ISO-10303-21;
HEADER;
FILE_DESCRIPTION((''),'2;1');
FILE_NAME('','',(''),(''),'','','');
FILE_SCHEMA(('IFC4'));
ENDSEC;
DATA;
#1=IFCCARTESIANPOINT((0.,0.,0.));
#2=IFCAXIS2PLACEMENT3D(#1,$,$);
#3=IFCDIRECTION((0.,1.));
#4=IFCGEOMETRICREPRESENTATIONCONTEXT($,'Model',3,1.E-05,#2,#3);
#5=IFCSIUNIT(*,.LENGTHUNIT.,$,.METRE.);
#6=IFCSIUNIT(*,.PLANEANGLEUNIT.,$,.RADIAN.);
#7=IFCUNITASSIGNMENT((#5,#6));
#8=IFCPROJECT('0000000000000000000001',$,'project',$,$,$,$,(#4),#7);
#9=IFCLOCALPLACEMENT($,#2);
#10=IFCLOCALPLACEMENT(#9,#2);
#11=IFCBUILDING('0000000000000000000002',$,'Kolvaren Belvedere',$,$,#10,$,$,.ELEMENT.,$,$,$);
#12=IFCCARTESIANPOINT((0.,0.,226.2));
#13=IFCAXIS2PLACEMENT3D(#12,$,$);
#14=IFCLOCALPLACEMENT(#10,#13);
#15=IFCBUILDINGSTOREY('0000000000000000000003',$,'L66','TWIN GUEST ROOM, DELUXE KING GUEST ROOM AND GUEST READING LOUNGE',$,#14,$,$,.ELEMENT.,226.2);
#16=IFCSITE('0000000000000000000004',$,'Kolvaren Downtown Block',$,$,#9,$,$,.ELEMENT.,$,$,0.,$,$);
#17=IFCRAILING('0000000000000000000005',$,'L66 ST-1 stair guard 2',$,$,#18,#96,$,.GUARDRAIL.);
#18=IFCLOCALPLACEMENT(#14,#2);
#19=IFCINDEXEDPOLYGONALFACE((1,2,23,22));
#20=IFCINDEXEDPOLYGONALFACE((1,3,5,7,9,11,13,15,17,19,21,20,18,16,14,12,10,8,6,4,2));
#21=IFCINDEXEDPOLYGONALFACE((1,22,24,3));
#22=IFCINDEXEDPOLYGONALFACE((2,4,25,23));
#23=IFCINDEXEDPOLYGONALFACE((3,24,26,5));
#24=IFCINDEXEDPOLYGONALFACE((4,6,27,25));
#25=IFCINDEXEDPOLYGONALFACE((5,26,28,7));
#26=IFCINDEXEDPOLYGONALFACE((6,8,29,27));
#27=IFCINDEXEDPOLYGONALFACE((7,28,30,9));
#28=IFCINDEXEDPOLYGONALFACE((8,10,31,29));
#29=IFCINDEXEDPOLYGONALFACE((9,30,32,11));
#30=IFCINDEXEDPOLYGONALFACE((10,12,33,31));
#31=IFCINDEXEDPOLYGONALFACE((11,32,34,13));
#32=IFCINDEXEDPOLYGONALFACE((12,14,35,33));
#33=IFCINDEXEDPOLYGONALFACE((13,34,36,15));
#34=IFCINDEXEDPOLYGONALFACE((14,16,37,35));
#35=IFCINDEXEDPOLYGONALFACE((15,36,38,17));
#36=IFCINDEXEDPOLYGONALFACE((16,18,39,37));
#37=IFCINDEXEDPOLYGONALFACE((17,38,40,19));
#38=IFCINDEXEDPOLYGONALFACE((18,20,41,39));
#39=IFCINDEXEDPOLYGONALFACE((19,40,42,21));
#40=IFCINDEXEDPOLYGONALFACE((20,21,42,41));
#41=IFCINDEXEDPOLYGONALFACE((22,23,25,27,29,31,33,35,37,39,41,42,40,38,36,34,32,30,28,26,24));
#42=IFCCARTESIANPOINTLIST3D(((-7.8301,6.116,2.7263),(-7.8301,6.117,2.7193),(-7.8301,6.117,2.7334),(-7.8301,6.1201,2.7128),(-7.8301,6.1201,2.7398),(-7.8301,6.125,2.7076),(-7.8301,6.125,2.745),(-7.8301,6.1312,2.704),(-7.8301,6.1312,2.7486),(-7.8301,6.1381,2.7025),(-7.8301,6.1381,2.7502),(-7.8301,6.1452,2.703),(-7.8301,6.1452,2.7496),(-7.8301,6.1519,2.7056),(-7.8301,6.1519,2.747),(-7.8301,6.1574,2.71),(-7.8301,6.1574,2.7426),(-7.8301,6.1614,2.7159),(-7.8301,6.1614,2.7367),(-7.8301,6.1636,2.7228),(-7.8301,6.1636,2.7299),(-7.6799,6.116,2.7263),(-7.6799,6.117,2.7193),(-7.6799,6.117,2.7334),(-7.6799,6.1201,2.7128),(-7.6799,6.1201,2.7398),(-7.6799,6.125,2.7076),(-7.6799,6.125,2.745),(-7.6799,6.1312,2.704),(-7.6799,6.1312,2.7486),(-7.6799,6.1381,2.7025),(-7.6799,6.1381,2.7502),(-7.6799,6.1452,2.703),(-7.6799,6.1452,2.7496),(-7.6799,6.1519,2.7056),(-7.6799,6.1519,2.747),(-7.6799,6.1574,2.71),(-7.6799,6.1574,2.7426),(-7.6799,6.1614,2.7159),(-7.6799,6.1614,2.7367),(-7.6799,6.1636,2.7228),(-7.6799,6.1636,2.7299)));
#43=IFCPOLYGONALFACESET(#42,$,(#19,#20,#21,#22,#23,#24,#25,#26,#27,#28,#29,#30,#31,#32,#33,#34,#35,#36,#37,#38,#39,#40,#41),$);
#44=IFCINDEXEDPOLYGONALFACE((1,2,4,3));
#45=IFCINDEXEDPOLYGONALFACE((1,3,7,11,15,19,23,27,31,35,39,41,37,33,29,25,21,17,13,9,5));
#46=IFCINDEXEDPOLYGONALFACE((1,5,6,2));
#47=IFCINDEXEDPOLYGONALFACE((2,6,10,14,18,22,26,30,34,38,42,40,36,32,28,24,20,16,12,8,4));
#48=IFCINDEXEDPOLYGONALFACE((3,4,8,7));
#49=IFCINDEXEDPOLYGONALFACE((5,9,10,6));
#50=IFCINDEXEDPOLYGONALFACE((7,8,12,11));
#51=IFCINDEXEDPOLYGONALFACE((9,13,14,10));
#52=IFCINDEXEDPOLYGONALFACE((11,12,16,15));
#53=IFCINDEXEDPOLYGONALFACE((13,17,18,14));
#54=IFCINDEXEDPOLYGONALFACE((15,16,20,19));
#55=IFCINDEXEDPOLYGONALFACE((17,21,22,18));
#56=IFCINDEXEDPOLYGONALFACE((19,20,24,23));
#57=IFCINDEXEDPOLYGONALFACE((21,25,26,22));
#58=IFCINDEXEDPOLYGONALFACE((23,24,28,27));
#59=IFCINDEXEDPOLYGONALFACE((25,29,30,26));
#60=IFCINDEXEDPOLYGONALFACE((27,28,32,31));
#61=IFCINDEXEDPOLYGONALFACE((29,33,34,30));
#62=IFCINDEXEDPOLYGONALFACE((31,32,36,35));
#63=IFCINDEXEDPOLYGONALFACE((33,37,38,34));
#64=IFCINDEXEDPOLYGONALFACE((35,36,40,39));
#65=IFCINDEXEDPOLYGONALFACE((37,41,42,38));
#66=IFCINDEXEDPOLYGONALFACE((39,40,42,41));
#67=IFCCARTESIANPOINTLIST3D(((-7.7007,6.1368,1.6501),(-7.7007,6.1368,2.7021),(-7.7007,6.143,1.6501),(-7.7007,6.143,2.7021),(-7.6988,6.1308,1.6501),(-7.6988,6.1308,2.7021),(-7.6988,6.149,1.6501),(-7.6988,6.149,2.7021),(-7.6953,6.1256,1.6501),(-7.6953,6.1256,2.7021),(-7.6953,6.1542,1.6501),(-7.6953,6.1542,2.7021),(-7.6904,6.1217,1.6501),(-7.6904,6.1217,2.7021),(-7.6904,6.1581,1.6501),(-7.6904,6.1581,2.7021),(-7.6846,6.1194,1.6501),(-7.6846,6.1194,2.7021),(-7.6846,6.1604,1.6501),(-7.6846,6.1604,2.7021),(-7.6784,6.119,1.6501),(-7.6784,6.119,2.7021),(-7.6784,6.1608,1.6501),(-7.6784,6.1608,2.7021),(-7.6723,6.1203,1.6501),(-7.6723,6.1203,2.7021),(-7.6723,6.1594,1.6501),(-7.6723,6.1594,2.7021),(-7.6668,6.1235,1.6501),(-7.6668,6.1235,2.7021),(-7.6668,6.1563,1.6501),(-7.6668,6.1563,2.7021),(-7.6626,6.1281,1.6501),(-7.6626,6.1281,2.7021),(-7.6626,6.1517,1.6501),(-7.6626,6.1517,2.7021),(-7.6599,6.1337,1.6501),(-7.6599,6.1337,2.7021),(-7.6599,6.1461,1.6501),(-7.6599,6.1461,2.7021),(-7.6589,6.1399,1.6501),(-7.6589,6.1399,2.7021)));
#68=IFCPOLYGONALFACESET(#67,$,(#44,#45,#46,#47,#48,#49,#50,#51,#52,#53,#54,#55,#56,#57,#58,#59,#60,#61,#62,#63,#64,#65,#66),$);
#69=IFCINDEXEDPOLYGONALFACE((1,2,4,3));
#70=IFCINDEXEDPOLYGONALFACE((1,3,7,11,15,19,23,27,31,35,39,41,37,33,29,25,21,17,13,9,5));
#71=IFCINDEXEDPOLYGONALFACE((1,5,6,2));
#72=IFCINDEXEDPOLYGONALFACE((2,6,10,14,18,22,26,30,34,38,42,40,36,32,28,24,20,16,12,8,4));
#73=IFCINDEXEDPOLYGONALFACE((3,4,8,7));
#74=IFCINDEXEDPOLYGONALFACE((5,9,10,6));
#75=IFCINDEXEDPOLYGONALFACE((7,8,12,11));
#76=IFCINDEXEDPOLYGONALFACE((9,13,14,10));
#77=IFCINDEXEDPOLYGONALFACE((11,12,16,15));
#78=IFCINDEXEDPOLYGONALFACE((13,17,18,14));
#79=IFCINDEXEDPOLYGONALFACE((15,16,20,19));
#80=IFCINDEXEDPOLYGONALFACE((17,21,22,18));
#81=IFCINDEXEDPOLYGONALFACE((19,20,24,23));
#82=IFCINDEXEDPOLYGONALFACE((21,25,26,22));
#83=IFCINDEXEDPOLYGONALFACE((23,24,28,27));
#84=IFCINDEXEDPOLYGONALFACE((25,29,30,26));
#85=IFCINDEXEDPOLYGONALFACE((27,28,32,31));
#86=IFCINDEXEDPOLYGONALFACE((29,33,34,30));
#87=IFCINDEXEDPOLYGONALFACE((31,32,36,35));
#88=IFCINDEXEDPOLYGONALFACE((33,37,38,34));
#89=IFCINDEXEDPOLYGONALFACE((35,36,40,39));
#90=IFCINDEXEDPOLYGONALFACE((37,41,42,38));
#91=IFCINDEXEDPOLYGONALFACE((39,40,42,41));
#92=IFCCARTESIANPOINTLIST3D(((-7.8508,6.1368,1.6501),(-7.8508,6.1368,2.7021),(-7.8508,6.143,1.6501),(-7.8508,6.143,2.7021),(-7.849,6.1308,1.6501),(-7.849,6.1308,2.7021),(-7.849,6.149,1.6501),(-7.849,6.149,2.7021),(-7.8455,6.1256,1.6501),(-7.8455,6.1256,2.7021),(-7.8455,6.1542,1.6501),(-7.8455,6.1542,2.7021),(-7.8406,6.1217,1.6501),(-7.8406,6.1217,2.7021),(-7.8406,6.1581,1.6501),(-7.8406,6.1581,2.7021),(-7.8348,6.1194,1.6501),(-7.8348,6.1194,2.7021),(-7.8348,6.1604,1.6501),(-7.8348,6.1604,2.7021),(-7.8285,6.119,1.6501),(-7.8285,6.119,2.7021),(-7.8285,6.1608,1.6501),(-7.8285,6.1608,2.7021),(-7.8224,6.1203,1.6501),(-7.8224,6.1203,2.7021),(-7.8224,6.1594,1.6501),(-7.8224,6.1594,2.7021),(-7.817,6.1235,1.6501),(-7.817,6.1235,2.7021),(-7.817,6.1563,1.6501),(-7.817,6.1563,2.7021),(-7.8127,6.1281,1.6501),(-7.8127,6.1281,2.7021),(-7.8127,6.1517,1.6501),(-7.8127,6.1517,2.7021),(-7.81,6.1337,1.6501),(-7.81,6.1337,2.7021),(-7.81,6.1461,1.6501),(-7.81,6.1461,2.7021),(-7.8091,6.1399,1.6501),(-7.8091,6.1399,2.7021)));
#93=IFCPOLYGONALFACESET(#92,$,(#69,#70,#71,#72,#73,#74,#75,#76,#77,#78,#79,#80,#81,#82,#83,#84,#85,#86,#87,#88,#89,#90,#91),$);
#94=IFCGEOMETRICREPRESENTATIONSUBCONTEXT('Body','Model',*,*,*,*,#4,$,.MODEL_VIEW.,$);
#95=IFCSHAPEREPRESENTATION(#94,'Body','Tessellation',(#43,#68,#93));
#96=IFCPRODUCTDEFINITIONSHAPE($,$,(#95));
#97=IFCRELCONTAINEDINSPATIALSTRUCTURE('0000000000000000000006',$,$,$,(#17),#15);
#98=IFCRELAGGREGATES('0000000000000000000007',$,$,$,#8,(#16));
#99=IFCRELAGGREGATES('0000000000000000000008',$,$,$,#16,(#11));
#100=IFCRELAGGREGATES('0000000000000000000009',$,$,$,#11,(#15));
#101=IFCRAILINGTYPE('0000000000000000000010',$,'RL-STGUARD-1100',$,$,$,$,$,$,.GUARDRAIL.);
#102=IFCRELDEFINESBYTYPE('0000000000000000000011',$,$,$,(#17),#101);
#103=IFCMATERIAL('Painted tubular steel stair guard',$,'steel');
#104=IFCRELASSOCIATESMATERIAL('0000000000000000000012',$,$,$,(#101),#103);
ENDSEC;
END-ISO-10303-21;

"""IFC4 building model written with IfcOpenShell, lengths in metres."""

from ifc_helpers import new_model, si_unit, direction, frame, origin, origin_2d, place, context, subcontext, project, spatial, circle, extrude, material, type_object, element, save


model = new_model("IFC4")

# Units and contexts
model_context = context("Model", 3, precision=1e-05, world=origin(), true_north=direction((0.0, 1.0)))
body_context = subcontext(model_context, "Body", "Model", "MODEL_VIEW")
ifc_project = project(units=[si_unit("LENGTHUNIT", "METRE"), si_unit("PLANEANGLEUNIT", "RADIAN")], contexts=[model_context])

# Site, building, storey
site_placement = place(None, origin())
site = spatial("IfcSite", under=ifc_project, at=site_placement, Name="Kolvaren Downtown Block", CompositionType="ELEMENT", RefElevation=0.0)
building_placement = place(site_placement, origin())
building = spatial("IfcBuilding", under=site, at=building_placement, Name="Kolvaren Belvedere", CompositionType="ELEMENT")
storey_placement = place(building_placement, frame((0.0, 0.0, 226.2)))
storey = spatial("IfcBuildingStorey", under=building, at=storey_placement, Name="L66", Description="TWIN GUEST ROOM, DELUXE KING GUEST ROOM AND GUEST READING LOUNGE", CompositionType="ELEMENT", Elevation=226.2)

# Railing
ifc_material_1 = material(Name="Painted tubular steel stair guard", Category="steel")
railing_type_1 = type_object("IfcRailingType", Name="RL-STGUARD-1100", PredefinedType="GUARDRAIL", material=ifc_material_1)
railing_1_placement = place(storey_placement, frame((-7.6799, 6.1399, 1.6501)))
element("IfcRailing", 1, at=railing_1_placement, inside=storey, type_object=railing_type_1, Name="L66 ST-1 stair guard 2", PredefinedType="GUARDRAIL", context=body_context, shape_type="SweptSolid", body=[
    extrude(circle(Radius=0.0239, at=origin_2d()), frame((0.0, 0.0, 1.0762), z_axis=(-1.0, 0.0, 0.0), x_axis=(0.0, -1.0, 0.0)), (0.0, 0.0, 1.0), 0.1501),
    extrude(circle(Radius=0.021, at=origin_2d()), origin(), (0.0, 0.0, 1.0), 1.052),
    extrude(circle(Radius=0.021, at=origin_2d()), frame((-0.1501, 0.0, 0.0)), (0.0, 0.0, 1.0), 1.052),
])

save(model, "model.ifc")
